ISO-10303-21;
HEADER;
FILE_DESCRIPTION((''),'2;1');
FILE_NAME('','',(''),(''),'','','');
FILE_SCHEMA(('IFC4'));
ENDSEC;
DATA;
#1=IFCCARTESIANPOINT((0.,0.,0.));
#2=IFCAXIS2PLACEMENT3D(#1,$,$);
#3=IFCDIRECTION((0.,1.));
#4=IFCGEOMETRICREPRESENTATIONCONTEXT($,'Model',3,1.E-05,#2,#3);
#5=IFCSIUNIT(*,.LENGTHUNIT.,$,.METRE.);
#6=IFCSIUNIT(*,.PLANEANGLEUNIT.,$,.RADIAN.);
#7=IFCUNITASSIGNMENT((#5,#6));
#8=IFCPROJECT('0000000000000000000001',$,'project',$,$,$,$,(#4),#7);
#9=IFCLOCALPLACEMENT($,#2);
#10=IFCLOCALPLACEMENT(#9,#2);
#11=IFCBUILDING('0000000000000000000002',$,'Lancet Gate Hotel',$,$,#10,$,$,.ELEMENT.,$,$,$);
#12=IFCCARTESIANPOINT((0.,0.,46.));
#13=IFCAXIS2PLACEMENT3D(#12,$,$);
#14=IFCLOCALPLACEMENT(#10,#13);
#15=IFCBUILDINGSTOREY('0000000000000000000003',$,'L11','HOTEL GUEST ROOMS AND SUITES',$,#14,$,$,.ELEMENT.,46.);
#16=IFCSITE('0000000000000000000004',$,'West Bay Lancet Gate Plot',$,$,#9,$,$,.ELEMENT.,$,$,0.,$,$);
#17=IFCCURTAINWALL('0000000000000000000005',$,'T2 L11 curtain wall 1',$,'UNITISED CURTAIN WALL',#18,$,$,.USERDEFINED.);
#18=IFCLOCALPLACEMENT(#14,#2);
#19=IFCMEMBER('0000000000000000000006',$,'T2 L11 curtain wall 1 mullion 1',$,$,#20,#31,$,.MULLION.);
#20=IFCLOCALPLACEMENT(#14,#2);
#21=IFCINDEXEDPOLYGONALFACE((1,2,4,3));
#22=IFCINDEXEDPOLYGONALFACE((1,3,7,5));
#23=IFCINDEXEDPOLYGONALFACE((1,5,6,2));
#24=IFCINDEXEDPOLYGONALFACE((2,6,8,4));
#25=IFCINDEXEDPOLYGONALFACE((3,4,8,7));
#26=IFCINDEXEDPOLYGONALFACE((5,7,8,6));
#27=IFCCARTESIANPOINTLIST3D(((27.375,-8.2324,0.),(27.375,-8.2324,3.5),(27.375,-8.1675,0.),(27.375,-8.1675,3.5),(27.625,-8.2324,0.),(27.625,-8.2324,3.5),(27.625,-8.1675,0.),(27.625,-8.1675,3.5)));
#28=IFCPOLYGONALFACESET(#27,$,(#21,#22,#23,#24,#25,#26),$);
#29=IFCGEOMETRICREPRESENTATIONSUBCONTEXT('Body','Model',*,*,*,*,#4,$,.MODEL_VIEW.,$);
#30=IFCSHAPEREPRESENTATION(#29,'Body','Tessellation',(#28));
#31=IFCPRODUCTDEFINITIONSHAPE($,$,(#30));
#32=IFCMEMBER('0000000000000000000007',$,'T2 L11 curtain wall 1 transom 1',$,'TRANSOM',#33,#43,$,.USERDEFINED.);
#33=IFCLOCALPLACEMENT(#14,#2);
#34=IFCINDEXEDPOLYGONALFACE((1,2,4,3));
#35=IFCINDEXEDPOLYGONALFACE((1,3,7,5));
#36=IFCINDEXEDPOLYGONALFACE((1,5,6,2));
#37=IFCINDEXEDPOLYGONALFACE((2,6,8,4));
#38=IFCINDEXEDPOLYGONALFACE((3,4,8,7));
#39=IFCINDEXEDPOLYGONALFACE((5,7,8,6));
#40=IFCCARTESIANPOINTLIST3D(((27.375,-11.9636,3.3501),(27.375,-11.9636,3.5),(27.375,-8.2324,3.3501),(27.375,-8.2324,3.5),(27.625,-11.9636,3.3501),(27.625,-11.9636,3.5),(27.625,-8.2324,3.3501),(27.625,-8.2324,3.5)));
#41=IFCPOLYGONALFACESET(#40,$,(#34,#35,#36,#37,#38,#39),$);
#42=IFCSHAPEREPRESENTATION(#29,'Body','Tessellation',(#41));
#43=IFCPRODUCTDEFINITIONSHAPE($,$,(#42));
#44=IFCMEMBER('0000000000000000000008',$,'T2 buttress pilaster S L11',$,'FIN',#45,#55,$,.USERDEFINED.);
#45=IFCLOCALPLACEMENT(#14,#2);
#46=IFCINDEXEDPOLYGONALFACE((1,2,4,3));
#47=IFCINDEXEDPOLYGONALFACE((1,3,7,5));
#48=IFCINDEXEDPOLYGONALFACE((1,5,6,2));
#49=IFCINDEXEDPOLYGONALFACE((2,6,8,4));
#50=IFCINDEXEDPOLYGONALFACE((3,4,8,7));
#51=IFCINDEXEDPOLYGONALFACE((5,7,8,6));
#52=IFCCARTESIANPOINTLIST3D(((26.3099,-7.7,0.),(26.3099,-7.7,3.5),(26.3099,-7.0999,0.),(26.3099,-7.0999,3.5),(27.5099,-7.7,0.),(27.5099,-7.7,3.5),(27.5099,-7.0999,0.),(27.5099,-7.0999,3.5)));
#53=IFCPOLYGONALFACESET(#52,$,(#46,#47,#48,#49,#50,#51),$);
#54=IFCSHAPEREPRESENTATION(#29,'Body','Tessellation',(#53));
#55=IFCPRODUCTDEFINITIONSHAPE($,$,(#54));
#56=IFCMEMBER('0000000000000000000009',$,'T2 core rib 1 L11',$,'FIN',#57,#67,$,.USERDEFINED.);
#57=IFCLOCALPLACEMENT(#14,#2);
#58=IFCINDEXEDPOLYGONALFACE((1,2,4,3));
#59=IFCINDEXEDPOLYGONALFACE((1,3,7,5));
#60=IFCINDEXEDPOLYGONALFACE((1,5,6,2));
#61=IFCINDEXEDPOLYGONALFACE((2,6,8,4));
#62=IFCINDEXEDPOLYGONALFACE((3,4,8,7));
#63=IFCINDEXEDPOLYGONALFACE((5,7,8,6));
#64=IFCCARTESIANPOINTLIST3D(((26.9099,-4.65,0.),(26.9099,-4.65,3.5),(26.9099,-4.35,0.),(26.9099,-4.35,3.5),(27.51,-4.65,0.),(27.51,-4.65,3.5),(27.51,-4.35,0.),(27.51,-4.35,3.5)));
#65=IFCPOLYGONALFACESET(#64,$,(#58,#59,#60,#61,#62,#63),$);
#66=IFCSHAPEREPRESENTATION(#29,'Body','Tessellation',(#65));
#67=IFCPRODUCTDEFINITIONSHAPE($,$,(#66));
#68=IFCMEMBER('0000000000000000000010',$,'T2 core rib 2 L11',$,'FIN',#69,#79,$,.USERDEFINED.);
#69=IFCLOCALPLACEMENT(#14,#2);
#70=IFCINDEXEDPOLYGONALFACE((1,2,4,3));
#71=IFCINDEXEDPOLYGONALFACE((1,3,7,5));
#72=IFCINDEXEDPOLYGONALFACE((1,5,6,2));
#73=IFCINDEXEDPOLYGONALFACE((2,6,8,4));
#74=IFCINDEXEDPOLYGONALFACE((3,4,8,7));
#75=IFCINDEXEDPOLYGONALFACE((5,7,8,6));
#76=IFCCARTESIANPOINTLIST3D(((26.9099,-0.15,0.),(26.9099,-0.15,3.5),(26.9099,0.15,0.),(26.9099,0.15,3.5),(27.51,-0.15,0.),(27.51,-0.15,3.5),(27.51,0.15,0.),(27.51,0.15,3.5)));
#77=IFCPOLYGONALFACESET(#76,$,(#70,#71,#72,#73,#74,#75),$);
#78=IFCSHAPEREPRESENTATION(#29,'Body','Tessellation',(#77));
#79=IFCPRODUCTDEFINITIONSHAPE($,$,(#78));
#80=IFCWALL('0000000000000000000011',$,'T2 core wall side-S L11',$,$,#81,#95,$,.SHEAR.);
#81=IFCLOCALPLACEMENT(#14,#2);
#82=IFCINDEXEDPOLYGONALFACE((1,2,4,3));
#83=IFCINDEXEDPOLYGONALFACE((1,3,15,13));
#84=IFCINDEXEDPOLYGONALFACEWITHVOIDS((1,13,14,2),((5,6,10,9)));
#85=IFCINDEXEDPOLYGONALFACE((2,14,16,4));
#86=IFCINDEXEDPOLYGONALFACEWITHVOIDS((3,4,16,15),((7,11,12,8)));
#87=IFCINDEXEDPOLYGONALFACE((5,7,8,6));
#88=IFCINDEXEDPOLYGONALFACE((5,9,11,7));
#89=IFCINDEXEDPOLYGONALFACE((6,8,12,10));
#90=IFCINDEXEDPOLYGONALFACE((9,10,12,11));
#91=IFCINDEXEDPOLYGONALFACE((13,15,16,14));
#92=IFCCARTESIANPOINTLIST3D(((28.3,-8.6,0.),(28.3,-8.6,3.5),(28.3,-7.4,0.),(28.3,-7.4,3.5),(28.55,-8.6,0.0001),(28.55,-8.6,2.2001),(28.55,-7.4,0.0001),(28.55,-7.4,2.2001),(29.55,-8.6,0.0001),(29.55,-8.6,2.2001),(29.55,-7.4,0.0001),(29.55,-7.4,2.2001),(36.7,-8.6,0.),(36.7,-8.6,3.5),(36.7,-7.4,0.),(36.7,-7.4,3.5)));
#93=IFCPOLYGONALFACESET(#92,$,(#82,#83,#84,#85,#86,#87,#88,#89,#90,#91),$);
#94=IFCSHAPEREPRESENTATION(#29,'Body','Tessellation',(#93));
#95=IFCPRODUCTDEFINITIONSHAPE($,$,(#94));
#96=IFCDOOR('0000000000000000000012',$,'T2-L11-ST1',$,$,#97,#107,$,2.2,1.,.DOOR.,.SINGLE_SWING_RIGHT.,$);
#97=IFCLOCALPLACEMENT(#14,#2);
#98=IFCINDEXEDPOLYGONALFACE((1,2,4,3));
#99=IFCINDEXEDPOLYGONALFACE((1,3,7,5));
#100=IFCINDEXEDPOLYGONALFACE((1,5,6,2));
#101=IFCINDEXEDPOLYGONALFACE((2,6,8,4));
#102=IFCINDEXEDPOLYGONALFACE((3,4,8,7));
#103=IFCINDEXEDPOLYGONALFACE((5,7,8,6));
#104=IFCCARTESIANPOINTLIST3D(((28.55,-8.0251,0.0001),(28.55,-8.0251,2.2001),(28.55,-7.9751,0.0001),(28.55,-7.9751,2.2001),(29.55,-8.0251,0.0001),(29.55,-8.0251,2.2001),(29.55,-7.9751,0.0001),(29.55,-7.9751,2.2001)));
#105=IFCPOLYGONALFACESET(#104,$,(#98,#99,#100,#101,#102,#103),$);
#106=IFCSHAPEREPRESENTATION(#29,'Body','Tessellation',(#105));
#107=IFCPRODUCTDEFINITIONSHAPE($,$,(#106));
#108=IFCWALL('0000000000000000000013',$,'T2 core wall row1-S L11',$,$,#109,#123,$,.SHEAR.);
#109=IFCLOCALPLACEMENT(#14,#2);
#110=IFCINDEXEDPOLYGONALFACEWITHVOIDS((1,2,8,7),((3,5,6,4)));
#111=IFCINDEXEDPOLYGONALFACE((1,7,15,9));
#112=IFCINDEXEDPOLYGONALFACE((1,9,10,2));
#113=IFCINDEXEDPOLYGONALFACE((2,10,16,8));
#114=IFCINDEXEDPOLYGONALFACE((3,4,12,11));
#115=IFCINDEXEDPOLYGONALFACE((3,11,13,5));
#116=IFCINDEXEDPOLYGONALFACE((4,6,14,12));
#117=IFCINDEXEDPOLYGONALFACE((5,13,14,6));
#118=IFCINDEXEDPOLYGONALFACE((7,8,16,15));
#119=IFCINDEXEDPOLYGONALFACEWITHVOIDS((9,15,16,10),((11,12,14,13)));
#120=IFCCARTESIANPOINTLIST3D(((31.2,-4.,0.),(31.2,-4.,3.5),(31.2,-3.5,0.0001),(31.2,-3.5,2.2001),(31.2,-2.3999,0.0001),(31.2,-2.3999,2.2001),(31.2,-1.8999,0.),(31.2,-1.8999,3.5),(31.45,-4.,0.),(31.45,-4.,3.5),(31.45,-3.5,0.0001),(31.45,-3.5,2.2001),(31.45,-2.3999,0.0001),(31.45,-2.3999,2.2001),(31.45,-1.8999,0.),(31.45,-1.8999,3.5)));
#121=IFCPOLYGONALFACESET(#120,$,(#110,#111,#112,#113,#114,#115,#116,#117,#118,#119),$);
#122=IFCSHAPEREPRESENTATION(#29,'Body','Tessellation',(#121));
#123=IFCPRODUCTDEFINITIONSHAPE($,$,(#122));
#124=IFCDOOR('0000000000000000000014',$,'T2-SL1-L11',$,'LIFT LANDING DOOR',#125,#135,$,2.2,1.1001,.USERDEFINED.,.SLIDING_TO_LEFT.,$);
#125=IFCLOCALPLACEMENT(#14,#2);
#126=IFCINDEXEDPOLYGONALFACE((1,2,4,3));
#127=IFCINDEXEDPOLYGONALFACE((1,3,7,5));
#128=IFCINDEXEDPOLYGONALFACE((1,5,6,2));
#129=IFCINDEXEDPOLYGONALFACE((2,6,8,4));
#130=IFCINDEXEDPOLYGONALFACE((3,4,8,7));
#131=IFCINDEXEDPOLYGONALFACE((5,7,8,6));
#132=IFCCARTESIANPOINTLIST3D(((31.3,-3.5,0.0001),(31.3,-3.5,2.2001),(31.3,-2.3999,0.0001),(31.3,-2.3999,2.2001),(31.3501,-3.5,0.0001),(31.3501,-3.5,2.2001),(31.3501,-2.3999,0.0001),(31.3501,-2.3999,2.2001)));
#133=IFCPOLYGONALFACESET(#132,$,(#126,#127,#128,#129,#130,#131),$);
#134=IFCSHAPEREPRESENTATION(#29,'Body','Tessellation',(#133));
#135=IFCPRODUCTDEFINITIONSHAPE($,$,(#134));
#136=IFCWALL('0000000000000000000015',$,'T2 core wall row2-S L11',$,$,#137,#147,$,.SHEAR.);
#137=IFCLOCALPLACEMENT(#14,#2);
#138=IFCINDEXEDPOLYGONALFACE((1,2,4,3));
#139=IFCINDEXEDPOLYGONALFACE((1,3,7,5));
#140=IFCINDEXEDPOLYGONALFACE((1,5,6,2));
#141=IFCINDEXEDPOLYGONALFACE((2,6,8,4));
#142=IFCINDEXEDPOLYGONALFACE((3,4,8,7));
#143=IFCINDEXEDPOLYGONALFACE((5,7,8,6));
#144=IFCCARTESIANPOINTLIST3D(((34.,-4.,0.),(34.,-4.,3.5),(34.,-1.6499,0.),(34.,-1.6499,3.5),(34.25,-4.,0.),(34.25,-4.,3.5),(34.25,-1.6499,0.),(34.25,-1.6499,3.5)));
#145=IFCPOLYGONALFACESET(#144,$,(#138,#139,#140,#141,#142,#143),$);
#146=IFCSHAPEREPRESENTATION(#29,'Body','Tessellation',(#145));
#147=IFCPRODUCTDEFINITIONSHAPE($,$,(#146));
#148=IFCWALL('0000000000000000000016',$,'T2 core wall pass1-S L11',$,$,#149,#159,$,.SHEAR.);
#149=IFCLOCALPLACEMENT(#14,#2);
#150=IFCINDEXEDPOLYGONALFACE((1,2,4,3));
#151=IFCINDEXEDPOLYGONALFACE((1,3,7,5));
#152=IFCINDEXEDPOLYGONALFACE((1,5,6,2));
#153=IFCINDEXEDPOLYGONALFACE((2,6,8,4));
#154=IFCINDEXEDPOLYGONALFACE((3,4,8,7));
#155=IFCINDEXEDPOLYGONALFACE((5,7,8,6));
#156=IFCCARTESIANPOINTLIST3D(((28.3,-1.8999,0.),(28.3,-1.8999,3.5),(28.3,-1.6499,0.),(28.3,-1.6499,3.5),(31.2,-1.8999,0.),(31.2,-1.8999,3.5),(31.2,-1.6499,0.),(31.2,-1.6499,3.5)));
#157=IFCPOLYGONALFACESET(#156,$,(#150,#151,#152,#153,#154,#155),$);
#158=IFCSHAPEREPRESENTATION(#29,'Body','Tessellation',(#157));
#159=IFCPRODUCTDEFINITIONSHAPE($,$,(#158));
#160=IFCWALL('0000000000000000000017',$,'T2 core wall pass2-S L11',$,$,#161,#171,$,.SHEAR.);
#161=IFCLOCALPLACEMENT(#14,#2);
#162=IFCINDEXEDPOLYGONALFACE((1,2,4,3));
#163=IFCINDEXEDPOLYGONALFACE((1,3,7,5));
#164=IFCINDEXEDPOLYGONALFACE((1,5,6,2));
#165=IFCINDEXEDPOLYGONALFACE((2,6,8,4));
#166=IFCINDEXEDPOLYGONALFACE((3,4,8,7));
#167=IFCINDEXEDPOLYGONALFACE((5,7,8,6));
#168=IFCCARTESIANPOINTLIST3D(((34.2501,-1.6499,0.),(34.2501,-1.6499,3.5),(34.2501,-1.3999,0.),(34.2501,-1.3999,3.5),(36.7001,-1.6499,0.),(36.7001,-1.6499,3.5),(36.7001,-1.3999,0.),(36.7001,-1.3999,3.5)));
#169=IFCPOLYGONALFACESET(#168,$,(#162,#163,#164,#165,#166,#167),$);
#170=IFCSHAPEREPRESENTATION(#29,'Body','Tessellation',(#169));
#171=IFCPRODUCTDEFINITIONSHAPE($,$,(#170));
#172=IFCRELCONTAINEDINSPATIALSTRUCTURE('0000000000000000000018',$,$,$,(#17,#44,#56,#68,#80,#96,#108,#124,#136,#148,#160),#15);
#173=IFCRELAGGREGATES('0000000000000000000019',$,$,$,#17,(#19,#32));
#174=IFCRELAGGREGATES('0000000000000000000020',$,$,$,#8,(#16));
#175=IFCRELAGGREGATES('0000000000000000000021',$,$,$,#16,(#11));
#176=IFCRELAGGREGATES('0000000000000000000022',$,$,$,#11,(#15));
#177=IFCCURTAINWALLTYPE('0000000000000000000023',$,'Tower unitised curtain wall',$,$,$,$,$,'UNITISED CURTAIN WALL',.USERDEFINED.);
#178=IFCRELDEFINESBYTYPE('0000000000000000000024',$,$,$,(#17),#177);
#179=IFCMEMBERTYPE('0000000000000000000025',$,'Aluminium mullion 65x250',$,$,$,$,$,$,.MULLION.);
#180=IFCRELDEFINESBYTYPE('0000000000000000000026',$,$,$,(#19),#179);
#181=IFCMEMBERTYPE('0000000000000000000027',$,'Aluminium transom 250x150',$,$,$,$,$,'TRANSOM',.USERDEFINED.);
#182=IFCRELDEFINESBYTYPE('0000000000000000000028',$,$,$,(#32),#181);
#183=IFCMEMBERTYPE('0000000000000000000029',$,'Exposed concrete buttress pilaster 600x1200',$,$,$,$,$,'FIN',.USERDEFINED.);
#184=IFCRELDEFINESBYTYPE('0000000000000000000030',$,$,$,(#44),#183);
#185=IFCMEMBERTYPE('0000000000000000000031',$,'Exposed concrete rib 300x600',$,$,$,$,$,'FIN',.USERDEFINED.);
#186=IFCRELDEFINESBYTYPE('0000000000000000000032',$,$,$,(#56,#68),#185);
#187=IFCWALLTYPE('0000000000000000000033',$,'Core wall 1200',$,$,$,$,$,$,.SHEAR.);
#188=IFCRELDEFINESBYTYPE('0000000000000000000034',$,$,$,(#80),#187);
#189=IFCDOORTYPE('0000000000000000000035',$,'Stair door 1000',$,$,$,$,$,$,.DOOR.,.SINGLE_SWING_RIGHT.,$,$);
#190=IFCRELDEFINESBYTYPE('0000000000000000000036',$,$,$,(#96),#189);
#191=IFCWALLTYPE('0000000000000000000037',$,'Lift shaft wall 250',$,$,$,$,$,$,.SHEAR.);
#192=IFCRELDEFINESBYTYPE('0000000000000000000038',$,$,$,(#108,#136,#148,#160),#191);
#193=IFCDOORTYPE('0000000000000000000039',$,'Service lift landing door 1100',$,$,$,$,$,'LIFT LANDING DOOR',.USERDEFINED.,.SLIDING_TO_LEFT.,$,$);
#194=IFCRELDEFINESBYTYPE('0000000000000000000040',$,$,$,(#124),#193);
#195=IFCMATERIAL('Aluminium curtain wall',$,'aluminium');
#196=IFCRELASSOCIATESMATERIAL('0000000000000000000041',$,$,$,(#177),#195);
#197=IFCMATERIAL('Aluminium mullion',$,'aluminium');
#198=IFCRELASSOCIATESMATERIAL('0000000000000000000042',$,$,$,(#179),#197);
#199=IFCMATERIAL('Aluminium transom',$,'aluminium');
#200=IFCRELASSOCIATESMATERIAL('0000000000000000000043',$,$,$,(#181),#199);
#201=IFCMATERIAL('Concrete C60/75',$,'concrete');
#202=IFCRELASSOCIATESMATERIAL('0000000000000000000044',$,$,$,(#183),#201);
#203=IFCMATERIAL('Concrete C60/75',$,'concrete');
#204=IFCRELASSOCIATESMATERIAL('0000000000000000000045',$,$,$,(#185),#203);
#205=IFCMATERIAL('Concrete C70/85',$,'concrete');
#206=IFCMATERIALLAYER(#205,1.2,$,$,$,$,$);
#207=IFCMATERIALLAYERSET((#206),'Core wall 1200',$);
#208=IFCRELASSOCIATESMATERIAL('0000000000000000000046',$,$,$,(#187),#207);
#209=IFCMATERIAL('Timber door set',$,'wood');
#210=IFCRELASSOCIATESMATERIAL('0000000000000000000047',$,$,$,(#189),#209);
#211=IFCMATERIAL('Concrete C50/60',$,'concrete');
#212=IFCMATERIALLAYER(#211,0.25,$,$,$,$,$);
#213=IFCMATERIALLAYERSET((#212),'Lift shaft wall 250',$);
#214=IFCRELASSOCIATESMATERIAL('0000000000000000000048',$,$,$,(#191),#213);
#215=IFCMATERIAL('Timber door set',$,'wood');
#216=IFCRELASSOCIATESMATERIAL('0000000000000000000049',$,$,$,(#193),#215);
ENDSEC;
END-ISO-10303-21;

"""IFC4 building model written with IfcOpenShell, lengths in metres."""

from ifc_helpers import new_model, si_unit, direction, frame, frame_2d, origin, origin_2d, place, context, subcontext, project, spatial, rectangle, extrude, material, layer, layer_set, material_profile, profile_set, type_object, element, fill, aggregate, save


model = new_model("IFC4")

# Units and contexts
model_context = context("Model", 3, precision=1e-05, world=origin(), true_north=direction((0.0, 1.0)))
body_context = subcontext(model_context, "Body", "Model", "MODEL_VIEW")
ifc_project = project(units=[si_unit("LENGTHUNIT", "METRE"), si_unit("PLANEANGLEUNIT", "RADIAN")], contexts=[model_context])

# Site, building, storey
site_placement = place(None, origin())
site = spatial("IfcSite", under=ifc_project, at=site_placement, Name="West Bay Lancet Gate Plot", CompositionType="ELEMENT", RefElevation=0.0)
building_placement = place(site_placement, origin())
building = spatial("IfcBuilding", under=site, at=building_placement, Name="Lancet Gate Hotel", CompositionType="ELEMENT")
storey_placement = place(building_placement, frame((0.0, 0.0, 46.0)))
storey = spatial("IfcBuildingStorey", under=building, at=storey_placement, Name="L11", Description="HOTEL GUEST ROOMS AND SUITES", CompositionType="ELEMENT", Elevation=46.0)

# Curtain wall, members
ifc_material_1 = material(Name="Aluminium curtain wall", Category="aluminium")
curtain_wall_type = type_object("IfcCurtainWallType", Name="Tower unitised curtain wall", ElementType="UNITISED CURTAIN WALL", PredefinedType="USERDEFINED", material=ifc_material_1)
curtain_wall_placement = place(storey_placement, origin())
curtain_wall = element("IfcCurtainWall", 1, at=curtain_wall_placement, inside=storey, type_object=curtain_wall_type, Name="T2 L11 curtain wall 1", ObjectType="UNITISED CURTAIN WALL", PredefinedType="USERDEFINED")
ifc_material_2 = material(Name="Aluminium mullion", Category="aluminium")
ifc_material_profile_1 = material_profile(ifc_material_2, rectangle(XDim=0.0649, YDim=0.25, at=origin_2d()), Name="MULLION 65x250")
ifc_profile_set_1 = profile_set([ifc_material_profile_1], Name="Aluminium mullion")
member_type_1 = type_object("IfcMemberType", Name="Aluminium mullion 65x250", PredefinedType="MULLION", material=ifc_profile_set_1)
member_1_placement = place(storey_placement, frame((27.5, -8.2, 0.0), z_axis=(0.0, 0.0, 1.0), x_axis=(0.0, -1.0, 0.0)))
member_1 = element("IfcMember", 2, at=member_1_placement, type_object=member_type_1, Name="T2 L11 curtain wall 1 mullion 1", PredefinedType="MULLION", context=body_context, shape_type="SweptSolid", body=[
    extrude(rectangle(XDim=0.0649, YDim=0.25, at=origin_2d()), origin(), (0.0, 0.0, 1.0), 3.5),
])
ifc_material_3 = material(Name="Aluminium transom", Category="aluminium")
ifc_material_profile_2 = material_profile(ifc_material_3, rectangle(XDim=0.25, YDim=0.1499, at=origin_2d()), Name="TRANSOM 250x150")
ifc_profile_set_2 = profile_set([ifc_material_profile_2], Name="Aluminium transom")
member_type_2 = type_object("IfcMemberType", Name="Aluminium transom 250x150", ElementType="TRANSOM", PredefinedType="USERDEFINED", material=ifc_profile_set_2)
member_2_placement = place(storey_placement, frame((27.5, -8.2324, 3.425), z_axis=(0.0, -1.0, 0.0), x_axis=(1.0, 0.0, 0.0)))
member_2 = element("IfcMember", 3, at=member_2_placement, type_object=member_type_2, Name="T2 L11 curtain wall 1 transom 1", ObjectType="TRANSOM", PredefinedType="USERDEFINED", context=body_context, shape_type="SweptSolid", body=[
    extrude(rectangle(XDim=0.25, YDim=0.1499, at=origin_2d()), origin(), (0.0, 0.0, 1.0), 3.7312),
])
aggregate(curtain_wall, [member_1, member_2])

# Members
ifc_material_4 = material(Name="Concrete C60/75", Category="concrete")
ifc_material_profile_3 = material_profile(ifc_material_4, rectangle(XDim=0.6001, YDim=1.2, at=origin_2d()), Name="FIN 600x1200")
ifc_profile_set_3 = profile_set([ifc_material_profile_3], Name="Concrete C60/75")
member_type_3 = type_object("IfcMemberType", Name="Exposed concrete buttress pilaster 600x1200", ElementType="FIN", PredefinedType="USERDEFINED", material=ifc_profile_set_3)
member_3_placement = place(storey_placement, frame((26.9099, -7.3999, 0.0), z_axis=(0.0, 0.0, 1.0), x_axis=(0.0, 1.0, 0.0)))
element("IfcMember", 4, at=member_3_placement, inside=storey, type_object=member_type_3, Name="T2 buttress pilaster S L11", ObjectType="FIN", PredefinedType="USERDEFINED", context=body_context, shape_type="SweptSolid", body=[
    extrude(rectangle(XDim=0.6001, YDim=1.2, at=origin_2d()), origin(), (0.0, 0.0, 1.0), 3.5),
])
ifc_material_5 = material(Name="Concrete C60/75", Category="concrete")
ifc_material_profile_4 = material_profile(ifc_material_5, rectangle(XDim=0.3, YDim=0.6001, at=origin_2d()), Name="FIN 300x600")
ifc_profile_set_4 = profile_set([ifc_material_profile_4], Name="Concrete C60/75")
member_type_4 = type_object("IfcMemberType", Name="Exposed concrete rib 300x600", ElementType="FIN", PredefinedType="USERDEFINED", material=ifc_profile_set_4)
for number, where, z_axis, x_axis, name in (
    (5, (27.21, -4.5, 0.0), (0.0, 0.0, 1.0), (0.0, 1.0, 0.0), "T2 core rib 1 L11"),
    (6, (27.21, 0.0, 0.0), (0.0, 0.0, 1.0), (0.0, 1.0, 0.0), "T2 core rib 2 L11"),
):
    element("IfcMember", number, at=place(storey_placement, frame(where, z_axis=z_axis, x_axis=x_axis)), inside=storey, type_object=member_type_4, Name=name, ObjectType="FIN", PredefinedType="USERDEFINED", context=body_context, shape_type="SweptSolid", body=[
        extrude(rectangle(XDim=0.3, YDim=0.6001, at=origin_2d()), origin(), (0.0, 0.0, 1.0), 3.5),
    ])

# Walls, openings, doors
ifc_material_6 = material(Name="Concrete C70/85", Category="concrete")
ifc_layer_1 = layer(ifc_material_6, 1.2)
ifc_layer_set_1 = layer_set([ifc_layer_1], Name="Core wall 1200")
wall_type_1 = type_object("IfcWallType", Name="Core wall 1200", PredefinedType="SHEAR", material=ifc_layer_set_1)
wall_1_placement = place(storey_placement, frame((28.3, -8.0, 0.0), z_axis=(0.0, 0.0, 1.0), x_axis=(1.0, 0.0, 0.0)))
wall_1 = element("IfcWall", 7, at=wall_1_placement, inside=storey, type_object=wall_type_1, Name="T2 core wall side-S L11", PredefinedType="SHEAR", context=body_context, shape_type="SweptSolid", body=[
    extrude(rectangle(XDim=8.3999, YDim=1.2, at=frame_2d((4.2, 0.0))), origin(), (0.0, 0.0, 1.0), 3.5),
])
opening_1_placement = place(wall_1_placement, frame((0.25, 0.0, 0.0)))
opening_1 = element("IfcOpeningElement", 8, at=opening_1_placement, cuts=wall_1, PredefinedType="OPENING", context=body_context, shape_type="SweptSolid", body=[
    extrude(rectangle(XDim=1.0, YDim=2.2, at=frame_2d((0.5, 1.1001))), frame((0.0, 0.6099, 0.0), z_axis=(0.0, -1.0, 0.0), x_axis=(1.0, 0.0, 0.0)), (0.0, 0.0, 1.0), 1.22),
])
ifc_material_7 = material(Name="Timber door set", Category="wood")
door_type_1 = type_object("IfcDoorType", Name="Stair door 1000", OperationType="SINGLE_SWING_RIGHT", PredefinedType="DOOR", material=ifc_material_7)
door_1_placement = place(opening_1_placement, origin())
door_1 = element("IfcDoor", 9, at=door_1_placement, inside=storey, type_object=door_type_1, Name="T2-L11-ST1", OperationType="SINGLE_SWING_RIGHT", OverallHeight=2.2, OverallWidth=1.0, PredefinedType="DOOR", context=body_context, shape_type="SweptSolid", body=[
    extrude(rectangle(XDim=1.0, YDim=2.2, at=frame_2d((0.5, 1.1001))), frame((0.0, 0.0249, 0.0), z_axis=(0.0, -1.0, 0.0), x_axis=(1.0, 0.0, 0.0)), (0.0, 0.0, 1.0), 0.05),
])
fill(opening_1, door_1)
ifc_material_8 = material(Name="Concrete C50/60", Category="concrete")
ifc_layer_2 = layer(ifc_material_8, 0.25)
ifc_layer_set_2 = layer_set([ifc_layer_2], Name="Lift shaft wall 250")
wall_type_2 = type_object("IfcWallType", Name="Lift shaft wall 250", PredefinedType="SHEAR", material=ifc_layer_set_2)
wall_2_placement = place(storey_placement, frame((31.325, -4.0, 0.0), z_axis=(0.0, 0.0, 1.0), x_axis=(0.0, 1.0, 0.0)))
wall_2 = element("IfcWall", 10, at=wall_2_placement, inside=storey, type_object=wall_type_2, Name="T2 core wall row1-S L11", PredefinedType="SHEAR", context=body_context, shape_type="SweptSolid", body=[
    extrude(rectangle(XDim=2.1001, YDim=0.25, at=frame_2d((1.05, 0.0))), origin(), (0.0, 0.0, 1.0), 3.5),
])
opening_2_placement = place(wall_2_placement, frame((0.5, 0.0, 0.0)))
opening_2 = element("IfcOpeningElement", 11, at=opening_2_placement, cuts=wall_2, PredefinedType="OPENING", context=body_context, shape_type="SweptSolid", body=[
    extrude(rectangle(XDim=1.1001, YDim=2.2, at=frame_2d((0.55, 1.1001))), frame((0.0, 0.135, 0.0), z_axis=(0.0, -1.0, 0.0), x_axis=(1.0, 0.0, 0.0)), (0.0, 0.0, 1.0), 0.27),
])
ifc_material_9 = material(Name="Timber door set", Category="wood")
door_type_2 = type_object("IfcDoorType", Name="Service lift landing door 1100", ElementType="LIFT LANDING DOOR", OperationType="SLIDING_TO_LEFT", PredefinedType="USERDEFINED", material=ifc_material_9)
door_2_placement = place(opening_2_placement, origin())
door_2 = element("IfcDoor", 12, at=door_2_placement, inside=storey, type_object=door_type_2, Name="T2-SL1-L11", ObjectType="LIFT LANDING DOOR", OperationType="SLIDING_TO_LEFT", OverallHeight=2.2, OverallWidth=1.1001, PredefinedType="USERDEFINED", context=body_context, shape_type="SweptSolid", body=[
    extrude(rectangle(XDim=1.1001, YDim=2.2, at=frame_2d((0.55, 1.1001))), frame((0.0, 0.0249, 0.0), z_axis=(0.0, -1.0, 0.0), x_axis=(1.0, 0.0, 0.0)), (0.0, 0.0, 1.0), 0.05),
])
fill(opening_2, door_2)

# Walls
wall_3_placement = place(storey_placement, frame((34.125, -4.0, 0.0), z_axis=(0.0, 0.0, 1.0), x_axis=(0.0, 1.0, 0.0)))
element("IfcWall", 13, at=wall_3_placement, inside=storey, type_object=wall_type_2, Name="T2 core wall row2-S L11", PredefinedType="SHEAR", context=body_context, shape_type="SweptSolid", body=[
    extrude(rectangle(XDim=2.3501, YDim=0.25, at=frame_2d((1.175, 0.0))), origin(), (0.0, 0.0, 1.0), 3.5),
])
wall_4_placement = place(storey_placement, frame((28.3, -1.7749, 0.0), z_axis=(0.0, 0.0, 1.0), x_axis=(1.0, 0.0, 0.0)))
element("IfcWall", 14, at=wall_4_placement, inside=storey, type_object=wall_type_2, Name="T2 core wall pass1-S L11", PredefinedType="SHEAR", context=body_context, shape_type="SweptSolid", body=[
    extrude(rectangle(XDim=2.8999, YDim=0.25, at=frame_2d((1.45, 0.0))), origin(), (0.0, 0.0, 1.0), 3.5),
])
wall_5_placement = place(storey_placement, frame((34.25, -1.5249, 0.0), z_axis=(0.0, 0.0, 1.0), x_axis=(1.0, 0.0, 0.0)))
element("IfcWall", 15, at=wall_5_placement, inside=storey, type_object=wall_type_2, Name="T2 core wall pass2-S L11", PredefinedType="SHEAR", context=body_context, shape_type="SweptSolid", body=[
    extrude(rectangle(XDim=2.45, YDim=0.25, at=frame_2d((1.2251, 0.0))), origin(), (0.0, 0.0, 1.0), 3.5),
])

save(model, "model.ifc")
